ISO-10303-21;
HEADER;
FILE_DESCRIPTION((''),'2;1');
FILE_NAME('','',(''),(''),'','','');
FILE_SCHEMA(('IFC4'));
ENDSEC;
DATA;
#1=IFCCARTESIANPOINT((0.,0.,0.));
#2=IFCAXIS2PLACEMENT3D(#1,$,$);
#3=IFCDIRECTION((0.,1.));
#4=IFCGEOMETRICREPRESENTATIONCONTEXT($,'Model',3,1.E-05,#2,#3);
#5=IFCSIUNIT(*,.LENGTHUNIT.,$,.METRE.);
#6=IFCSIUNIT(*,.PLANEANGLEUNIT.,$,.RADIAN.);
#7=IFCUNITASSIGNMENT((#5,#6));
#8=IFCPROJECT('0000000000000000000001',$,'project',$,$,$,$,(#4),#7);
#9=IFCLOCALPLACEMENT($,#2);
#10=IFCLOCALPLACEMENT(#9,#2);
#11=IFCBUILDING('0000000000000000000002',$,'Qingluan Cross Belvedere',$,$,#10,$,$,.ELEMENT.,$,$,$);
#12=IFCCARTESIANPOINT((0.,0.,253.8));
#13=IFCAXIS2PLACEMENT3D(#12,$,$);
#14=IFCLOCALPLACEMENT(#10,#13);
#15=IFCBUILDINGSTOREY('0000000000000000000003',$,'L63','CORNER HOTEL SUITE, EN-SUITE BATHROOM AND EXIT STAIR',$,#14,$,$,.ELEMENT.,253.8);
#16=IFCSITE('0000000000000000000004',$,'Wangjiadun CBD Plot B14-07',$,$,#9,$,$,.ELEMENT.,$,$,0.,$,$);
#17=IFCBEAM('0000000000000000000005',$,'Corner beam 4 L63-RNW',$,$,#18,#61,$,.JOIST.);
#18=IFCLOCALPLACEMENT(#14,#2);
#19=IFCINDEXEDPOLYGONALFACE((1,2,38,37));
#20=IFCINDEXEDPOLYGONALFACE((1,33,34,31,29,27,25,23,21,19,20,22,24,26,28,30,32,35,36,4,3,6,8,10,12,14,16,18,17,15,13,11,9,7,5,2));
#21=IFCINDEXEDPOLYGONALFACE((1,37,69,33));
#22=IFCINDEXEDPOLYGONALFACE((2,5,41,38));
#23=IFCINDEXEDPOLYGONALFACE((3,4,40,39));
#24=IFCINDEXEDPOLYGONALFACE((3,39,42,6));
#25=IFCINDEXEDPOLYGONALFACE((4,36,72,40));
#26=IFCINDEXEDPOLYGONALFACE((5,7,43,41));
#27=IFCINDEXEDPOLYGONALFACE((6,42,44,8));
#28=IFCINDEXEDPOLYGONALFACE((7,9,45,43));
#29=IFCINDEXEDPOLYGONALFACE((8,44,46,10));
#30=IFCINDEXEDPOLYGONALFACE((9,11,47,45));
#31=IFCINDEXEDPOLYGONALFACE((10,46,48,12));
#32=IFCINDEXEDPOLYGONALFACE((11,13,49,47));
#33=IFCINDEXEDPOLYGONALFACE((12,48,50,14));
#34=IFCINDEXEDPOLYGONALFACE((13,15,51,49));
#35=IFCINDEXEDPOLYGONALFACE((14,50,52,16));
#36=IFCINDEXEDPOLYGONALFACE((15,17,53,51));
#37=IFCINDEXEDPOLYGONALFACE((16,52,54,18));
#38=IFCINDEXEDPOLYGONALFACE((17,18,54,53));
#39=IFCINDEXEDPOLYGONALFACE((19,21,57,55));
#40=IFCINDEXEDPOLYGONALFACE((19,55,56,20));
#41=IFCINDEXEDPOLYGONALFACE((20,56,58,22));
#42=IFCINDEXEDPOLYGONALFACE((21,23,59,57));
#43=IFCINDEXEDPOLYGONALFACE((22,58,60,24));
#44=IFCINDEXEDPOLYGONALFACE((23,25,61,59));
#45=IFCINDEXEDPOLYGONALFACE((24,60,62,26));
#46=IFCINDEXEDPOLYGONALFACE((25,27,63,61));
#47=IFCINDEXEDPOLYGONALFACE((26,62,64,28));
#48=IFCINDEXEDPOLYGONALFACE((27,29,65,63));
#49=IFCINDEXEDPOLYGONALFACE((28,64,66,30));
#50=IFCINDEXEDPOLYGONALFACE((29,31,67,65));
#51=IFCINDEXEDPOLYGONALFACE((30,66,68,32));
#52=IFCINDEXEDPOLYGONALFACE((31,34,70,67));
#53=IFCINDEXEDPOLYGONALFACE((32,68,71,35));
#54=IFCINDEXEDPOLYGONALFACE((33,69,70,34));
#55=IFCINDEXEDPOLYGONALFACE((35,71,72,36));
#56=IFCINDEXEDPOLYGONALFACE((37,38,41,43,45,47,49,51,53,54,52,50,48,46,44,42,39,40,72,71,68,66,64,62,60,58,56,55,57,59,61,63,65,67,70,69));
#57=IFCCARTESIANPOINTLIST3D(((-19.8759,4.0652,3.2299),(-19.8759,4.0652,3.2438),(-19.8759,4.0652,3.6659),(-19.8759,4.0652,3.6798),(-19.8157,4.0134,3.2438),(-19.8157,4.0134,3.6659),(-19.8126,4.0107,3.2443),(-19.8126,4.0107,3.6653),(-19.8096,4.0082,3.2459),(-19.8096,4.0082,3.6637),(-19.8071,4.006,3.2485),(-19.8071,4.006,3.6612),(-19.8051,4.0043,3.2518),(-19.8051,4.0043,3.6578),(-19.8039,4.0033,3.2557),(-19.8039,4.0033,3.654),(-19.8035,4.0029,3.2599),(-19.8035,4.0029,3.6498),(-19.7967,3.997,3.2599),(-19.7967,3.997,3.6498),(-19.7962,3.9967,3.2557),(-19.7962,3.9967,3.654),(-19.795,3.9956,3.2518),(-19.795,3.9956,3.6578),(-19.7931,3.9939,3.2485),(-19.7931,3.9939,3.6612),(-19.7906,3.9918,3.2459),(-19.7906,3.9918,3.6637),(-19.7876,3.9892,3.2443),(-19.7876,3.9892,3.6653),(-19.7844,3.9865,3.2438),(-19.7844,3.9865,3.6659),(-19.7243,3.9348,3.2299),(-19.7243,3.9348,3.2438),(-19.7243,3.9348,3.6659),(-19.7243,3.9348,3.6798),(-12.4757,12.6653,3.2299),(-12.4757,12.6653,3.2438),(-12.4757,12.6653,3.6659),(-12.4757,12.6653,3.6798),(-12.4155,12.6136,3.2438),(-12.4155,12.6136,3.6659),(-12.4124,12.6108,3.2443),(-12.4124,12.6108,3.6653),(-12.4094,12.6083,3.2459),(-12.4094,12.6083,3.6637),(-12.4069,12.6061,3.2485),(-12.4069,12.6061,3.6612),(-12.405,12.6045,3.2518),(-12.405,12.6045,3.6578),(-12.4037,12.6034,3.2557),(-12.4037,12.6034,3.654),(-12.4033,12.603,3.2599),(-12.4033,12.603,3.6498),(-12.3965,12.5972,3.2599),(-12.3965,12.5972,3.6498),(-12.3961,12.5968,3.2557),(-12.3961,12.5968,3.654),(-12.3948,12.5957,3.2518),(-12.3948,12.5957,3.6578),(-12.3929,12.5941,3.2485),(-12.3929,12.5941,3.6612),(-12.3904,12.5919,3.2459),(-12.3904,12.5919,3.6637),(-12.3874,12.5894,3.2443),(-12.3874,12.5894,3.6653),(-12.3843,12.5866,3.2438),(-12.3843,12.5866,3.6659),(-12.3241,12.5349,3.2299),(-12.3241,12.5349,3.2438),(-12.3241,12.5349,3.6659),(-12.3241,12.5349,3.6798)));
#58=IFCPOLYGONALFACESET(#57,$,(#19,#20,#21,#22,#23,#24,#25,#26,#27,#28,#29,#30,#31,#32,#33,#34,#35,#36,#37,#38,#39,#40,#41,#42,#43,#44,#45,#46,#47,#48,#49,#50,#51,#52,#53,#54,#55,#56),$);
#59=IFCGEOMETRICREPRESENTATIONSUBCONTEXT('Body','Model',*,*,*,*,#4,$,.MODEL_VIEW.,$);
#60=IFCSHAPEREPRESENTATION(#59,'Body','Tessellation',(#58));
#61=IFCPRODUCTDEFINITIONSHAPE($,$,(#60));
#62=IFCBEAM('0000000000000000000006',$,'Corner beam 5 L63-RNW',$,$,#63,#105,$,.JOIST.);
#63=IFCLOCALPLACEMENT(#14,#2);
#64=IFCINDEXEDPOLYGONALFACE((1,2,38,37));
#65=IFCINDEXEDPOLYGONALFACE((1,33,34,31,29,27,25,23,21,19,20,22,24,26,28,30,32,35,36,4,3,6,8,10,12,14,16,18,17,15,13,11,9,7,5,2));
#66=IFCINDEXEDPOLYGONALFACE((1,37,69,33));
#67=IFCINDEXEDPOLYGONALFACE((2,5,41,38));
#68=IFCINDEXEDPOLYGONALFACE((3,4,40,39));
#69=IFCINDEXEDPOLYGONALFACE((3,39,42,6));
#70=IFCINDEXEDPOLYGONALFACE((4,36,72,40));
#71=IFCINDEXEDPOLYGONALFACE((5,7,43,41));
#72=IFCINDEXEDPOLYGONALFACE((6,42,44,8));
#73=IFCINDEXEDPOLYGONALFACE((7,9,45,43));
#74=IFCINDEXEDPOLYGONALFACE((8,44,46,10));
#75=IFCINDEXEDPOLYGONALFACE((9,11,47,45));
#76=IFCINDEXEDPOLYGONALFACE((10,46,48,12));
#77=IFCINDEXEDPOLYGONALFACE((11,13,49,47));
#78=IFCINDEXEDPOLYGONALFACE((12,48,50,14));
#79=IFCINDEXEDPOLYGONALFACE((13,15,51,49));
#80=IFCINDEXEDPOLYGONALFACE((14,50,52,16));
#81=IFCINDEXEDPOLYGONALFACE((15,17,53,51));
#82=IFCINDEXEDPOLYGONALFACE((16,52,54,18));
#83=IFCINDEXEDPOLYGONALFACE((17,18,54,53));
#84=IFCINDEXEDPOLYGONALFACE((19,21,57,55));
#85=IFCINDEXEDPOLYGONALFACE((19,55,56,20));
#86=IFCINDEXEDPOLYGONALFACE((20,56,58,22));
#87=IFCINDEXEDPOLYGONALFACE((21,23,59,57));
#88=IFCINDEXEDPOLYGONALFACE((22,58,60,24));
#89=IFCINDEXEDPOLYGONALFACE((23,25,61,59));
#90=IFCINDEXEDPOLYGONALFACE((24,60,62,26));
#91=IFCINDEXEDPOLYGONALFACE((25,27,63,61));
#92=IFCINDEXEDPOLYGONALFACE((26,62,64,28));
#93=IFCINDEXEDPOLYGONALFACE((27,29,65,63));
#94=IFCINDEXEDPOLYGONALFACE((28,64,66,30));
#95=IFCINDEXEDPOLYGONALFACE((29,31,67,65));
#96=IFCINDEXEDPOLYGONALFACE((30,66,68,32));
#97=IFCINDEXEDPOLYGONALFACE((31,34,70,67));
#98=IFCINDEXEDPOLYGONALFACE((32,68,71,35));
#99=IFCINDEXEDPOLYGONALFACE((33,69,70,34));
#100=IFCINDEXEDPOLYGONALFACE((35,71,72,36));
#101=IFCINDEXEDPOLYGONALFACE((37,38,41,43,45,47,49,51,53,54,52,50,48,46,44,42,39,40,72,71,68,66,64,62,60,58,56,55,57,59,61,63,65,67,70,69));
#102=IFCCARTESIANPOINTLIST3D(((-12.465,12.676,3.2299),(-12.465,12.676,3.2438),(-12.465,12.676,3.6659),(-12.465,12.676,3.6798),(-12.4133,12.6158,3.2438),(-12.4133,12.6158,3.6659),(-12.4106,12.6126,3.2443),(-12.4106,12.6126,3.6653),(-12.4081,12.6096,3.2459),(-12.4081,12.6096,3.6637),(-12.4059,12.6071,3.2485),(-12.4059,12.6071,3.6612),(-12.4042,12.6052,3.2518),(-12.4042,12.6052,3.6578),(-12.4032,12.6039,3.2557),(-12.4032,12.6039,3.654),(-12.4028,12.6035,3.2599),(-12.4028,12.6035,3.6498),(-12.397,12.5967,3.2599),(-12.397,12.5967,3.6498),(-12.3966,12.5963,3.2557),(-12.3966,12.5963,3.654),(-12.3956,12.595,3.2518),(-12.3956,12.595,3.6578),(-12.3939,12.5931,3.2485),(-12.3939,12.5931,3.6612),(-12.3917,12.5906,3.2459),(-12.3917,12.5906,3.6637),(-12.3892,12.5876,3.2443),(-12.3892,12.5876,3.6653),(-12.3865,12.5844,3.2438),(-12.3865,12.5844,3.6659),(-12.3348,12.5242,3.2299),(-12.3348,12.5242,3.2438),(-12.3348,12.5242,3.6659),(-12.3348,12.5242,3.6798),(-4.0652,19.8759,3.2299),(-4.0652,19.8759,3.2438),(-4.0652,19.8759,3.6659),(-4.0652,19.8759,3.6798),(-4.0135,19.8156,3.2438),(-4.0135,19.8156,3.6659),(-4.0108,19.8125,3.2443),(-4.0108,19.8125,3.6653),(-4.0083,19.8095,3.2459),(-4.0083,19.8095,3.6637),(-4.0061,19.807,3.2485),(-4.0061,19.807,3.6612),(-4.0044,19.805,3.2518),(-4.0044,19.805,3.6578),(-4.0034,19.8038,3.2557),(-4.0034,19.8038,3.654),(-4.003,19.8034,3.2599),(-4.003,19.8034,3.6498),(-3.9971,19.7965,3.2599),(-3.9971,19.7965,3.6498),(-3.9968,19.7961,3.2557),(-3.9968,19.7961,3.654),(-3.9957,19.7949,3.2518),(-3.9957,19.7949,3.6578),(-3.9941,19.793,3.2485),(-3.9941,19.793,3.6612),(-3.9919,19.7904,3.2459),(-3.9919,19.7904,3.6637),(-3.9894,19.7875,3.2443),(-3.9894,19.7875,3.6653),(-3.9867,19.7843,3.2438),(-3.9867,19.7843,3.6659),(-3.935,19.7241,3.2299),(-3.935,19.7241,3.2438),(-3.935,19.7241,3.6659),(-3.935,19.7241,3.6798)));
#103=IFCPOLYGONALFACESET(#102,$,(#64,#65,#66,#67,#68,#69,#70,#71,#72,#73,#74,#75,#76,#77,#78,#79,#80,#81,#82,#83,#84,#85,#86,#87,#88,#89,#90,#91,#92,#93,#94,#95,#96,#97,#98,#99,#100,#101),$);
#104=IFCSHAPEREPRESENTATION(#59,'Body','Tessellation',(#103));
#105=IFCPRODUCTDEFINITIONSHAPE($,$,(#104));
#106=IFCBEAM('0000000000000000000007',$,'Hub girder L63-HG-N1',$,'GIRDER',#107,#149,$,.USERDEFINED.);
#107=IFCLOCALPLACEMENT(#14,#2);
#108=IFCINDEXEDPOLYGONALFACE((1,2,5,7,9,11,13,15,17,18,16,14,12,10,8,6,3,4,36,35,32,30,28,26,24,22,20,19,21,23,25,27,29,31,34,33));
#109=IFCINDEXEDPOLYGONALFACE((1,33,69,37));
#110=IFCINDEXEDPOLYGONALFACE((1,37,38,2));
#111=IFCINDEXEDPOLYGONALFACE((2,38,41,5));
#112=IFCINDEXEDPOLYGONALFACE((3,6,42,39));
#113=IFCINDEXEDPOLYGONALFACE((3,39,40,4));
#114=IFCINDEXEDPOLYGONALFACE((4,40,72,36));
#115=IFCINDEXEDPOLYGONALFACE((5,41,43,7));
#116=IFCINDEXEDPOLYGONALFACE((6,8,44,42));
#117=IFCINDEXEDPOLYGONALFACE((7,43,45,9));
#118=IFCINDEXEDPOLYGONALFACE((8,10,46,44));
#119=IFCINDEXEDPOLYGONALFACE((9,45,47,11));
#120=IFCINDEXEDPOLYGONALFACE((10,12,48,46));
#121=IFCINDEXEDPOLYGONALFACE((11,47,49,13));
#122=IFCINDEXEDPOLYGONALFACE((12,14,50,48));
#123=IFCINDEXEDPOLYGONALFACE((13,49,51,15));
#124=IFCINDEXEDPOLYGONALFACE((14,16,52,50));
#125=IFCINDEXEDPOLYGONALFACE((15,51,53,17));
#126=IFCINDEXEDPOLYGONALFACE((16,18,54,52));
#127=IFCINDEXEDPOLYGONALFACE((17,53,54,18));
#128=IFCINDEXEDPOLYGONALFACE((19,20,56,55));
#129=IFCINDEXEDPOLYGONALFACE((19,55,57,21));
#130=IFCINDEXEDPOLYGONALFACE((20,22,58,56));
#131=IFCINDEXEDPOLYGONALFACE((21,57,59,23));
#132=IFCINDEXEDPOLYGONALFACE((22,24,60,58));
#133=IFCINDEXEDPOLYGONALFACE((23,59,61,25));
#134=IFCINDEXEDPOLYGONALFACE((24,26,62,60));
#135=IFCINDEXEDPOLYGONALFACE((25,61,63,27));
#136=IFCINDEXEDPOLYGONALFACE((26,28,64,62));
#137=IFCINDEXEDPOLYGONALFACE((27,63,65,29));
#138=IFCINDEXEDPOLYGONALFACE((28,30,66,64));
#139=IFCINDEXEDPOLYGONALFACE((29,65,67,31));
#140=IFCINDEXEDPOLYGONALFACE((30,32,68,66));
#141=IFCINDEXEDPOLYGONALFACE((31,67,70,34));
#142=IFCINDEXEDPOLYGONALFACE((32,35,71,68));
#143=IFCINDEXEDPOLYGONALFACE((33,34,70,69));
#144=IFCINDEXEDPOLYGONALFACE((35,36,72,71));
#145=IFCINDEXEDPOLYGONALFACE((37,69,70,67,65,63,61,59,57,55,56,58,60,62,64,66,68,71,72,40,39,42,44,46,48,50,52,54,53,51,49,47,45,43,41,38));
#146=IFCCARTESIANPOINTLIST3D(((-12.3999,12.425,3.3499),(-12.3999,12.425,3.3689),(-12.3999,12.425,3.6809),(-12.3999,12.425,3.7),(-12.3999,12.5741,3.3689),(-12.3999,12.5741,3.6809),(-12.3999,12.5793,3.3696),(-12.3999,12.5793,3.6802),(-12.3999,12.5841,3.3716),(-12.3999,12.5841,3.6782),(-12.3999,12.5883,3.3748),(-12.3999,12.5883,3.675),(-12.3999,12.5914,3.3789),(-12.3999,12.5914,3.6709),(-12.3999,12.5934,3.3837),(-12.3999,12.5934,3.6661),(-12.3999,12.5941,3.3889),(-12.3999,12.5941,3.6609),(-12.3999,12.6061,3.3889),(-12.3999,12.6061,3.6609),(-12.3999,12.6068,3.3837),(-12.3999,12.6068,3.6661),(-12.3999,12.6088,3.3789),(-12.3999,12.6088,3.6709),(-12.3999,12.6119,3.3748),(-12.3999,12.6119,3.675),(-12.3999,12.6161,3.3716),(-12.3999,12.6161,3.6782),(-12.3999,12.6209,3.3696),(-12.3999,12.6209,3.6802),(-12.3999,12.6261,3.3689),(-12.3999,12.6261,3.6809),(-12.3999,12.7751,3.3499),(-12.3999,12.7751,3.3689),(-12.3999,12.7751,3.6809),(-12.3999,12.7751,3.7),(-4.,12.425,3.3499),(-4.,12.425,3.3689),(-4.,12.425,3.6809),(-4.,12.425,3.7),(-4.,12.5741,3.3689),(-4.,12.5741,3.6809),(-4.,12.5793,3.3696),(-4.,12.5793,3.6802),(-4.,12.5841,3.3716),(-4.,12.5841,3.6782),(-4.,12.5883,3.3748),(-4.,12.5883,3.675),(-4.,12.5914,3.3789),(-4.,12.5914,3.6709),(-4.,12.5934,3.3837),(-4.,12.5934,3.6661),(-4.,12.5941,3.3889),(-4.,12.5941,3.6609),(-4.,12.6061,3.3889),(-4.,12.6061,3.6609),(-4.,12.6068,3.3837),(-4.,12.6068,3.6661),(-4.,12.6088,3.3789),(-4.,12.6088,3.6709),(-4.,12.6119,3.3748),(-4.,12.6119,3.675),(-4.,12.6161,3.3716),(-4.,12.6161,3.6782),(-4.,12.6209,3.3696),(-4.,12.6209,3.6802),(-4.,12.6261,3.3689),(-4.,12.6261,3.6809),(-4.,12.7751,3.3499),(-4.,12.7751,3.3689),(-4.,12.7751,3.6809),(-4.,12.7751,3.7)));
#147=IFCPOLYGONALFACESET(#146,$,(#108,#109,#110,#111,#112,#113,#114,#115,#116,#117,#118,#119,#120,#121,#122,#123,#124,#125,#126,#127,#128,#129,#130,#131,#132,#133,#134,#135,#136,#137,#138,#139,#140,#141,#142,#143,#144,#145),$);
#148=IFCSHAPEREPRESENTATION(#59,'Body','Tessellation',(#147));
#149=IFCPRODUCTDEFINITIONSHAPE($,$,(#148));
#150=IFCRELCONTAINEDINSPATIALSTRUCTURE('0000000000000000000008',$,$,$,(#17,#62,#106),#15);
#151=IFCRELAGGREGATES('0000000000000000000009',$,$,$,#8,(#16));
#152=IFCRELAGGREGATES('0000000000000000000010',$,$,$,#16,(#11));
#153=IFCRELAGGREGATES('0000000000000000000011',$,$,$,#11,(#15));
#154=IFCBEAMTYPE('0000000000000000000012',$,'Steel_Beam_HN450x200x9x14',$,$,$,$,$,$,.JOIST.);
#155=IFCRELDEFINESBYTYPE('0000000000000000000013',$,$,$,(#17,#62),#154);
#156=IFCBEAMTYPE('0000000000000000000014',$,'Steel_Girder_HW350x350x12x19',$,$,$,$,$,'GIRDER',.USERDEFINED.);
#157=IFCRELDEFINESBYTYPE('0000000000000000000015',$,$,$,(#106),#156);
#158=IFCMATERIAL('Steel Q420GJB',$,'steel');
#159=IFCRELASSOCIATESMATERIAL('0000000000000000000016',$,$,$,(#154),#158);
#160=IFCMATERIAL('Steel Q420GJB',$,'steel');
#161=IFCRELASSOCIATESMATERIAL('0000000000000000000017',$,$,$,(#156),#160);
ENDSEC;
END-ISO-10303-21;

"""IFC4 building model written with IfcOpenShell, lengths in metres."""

from ifc_helpers import new_model, si_unit, direction, frame, origin, origin_2d, place, context, subcontext, project, spatial, i_section, extrude, material, material_profile, profile_set, type_object, element, save


model = new_model("IFC4")

# Units and contexts
model_context = context("Model", 3, precision=1e-05, world=origin(), true_north=direction((0.0, 1.0)))
body_context = subcontext(model_context, "Body", "Model", "MODEL_VIEW")
ifc_project = project(units=[si_unit("LENGTHUNIT", "METRE"), si_unit("PLANEANGLEUNIT", "RADIAN")], contexts=[model_context])

# Site, building, storey
site_placement = place(None, origin())
site = spatial("IfcSite", under=ifc_project, at=site_placement, Name="Wangjiadun CBD Plot B14-07", CompositionType="ELEMENT", RefElevation=0.0)
building_placement = place(site_placement, origin())
building = spatial("IfcBuilding", under=site, at=building_placement, Name="Qingluan Cross Belvedere", CompositionType="ELEMENT")
storey_placement = place(building_placement, frame((0.0, 0.0, 253.8)))
storey = spatial("IfcBuildingStorey", under=building, at=storey_placement, Name="L63", Description="CORNER HOTEL SUITE, EN-SUITE BATHROOM AND EXIT STAIR", CompositionType="ELEMENT", Elevation=253.8)

# Beams
ifc_material_1 = material(Name="Steel Q420GJB", Category="steel")
ifc_material_profile_1 = material_profile(ifc_material_1, i_section(OverallWidth=0.2, OverallDepth=0.45, WebThickness=0.009, FlangeThickness=0.0139, FilletRadius=0.0161, at=origin_2d()), Name="HN450x200x9x14")
ifc_profile_set_1 = profile_set([ifc_material_profile_1], Name="Steel Q420GJB")
beam_type_1 = type_object("IfcBeamType", Name="Steel_Beam_HN450x200x9x14", PredefinedType="JOIST", material=ifc_profile_set_1)
beam_1_placement = place(storey_placement, frame((-12.3999, 12.6001, 3.4548), z_axis=(-0.652245, -0.758008, 0.0), x_axis=(0.758008, -0.652245, 0.0)))
element("IfcBeam", 1, at=beam_1_placement, inside=storey, type_object=beam_type_1, Name="Corner beam 4 L63-RNW", PredefinedType="JOIST", context=body_context, shape_type="SweptSolid", body=[
    extrude(i_section(OverallWidth=0.2, OverallDepth=0.45, WebThickness=0.009, FlangeThickness=0.0139, FilletRadius=0.0161, at=origin_2d()), origin(), (0.0, 0.0, 1.0), 11.3457),
])
beam_2_placement = place(storey_placement, frame((-12.3999, 12.6001, 3.4548), z_axis=(0.759255, 0.650793, 0.0), x_axis=(-0.650793, 0.759255, 0.0)))
element("IfcBeam", 2, at=beam_2_placement, inside=storey, type_object=beam_type_1, Name="Corner beam 5 L63-RNW", PredefinedType="JOIST", context=body_context, shape_type="SweptSolid", body=[
    extrude(i_section(OverallWidth=0.2, OverallDepth=0.45, WebThickness=0.009, FlangeThickness=0.0139, FilletRadius=0.0161, at=origin_2d()), origin(), (0.0, 0.0, 1.0), 11.0632),
])
ifc_material_2 = material(Name="Steel Q420GJB", Category="steel")
ifc_material_profile_2 = material_profile(ifc_material_2, i_section(OverallWidth=0.3501, OverallDepth=0.3501, WebThickness=0.012, FlangeThickness=0.019, FilletRadius=0.02, at=origin_2d()), Name="HW350x350x12x19")
ifc_profile_set_2 = profile_set([ifc_material_profile_2], Name="Steel Q420GJB")
beam_type_2 = type_object("IfcBeamType", Name="Steel_Girder_HW350x350x12x19", ElementType="GIRDER", PredefinedType="USERDEFINED", material=ifc_profile_set_2)
beam_3_placement = place(storey_placement, frame((-12.3999, 12.6001, 3.5249), z_axis=(1.0, 0.0, 0.0), x_axis=(0.0, 1.0, 0.0)))
element("IfcBeam", 3, at=beam_3_placement, inside=storey, type_object=beam_type_2, Name="Hub girder L63-HG-N1", ObjectType="GIRDER", PredefinedType="USERDEFINED", context=body_context, shape_type="SweptSolid", body=[
    extrude(i_section(OverallWidth=0.3501, OverallDepth=0.3501, WebThickness=0.012, FlangeThickness=0.019, FilletRadius=0.02, at=origin_2d()), origin(), (0.0, 0.0, 1.0), 8.3999),
])

save(model, "model.ifc")
